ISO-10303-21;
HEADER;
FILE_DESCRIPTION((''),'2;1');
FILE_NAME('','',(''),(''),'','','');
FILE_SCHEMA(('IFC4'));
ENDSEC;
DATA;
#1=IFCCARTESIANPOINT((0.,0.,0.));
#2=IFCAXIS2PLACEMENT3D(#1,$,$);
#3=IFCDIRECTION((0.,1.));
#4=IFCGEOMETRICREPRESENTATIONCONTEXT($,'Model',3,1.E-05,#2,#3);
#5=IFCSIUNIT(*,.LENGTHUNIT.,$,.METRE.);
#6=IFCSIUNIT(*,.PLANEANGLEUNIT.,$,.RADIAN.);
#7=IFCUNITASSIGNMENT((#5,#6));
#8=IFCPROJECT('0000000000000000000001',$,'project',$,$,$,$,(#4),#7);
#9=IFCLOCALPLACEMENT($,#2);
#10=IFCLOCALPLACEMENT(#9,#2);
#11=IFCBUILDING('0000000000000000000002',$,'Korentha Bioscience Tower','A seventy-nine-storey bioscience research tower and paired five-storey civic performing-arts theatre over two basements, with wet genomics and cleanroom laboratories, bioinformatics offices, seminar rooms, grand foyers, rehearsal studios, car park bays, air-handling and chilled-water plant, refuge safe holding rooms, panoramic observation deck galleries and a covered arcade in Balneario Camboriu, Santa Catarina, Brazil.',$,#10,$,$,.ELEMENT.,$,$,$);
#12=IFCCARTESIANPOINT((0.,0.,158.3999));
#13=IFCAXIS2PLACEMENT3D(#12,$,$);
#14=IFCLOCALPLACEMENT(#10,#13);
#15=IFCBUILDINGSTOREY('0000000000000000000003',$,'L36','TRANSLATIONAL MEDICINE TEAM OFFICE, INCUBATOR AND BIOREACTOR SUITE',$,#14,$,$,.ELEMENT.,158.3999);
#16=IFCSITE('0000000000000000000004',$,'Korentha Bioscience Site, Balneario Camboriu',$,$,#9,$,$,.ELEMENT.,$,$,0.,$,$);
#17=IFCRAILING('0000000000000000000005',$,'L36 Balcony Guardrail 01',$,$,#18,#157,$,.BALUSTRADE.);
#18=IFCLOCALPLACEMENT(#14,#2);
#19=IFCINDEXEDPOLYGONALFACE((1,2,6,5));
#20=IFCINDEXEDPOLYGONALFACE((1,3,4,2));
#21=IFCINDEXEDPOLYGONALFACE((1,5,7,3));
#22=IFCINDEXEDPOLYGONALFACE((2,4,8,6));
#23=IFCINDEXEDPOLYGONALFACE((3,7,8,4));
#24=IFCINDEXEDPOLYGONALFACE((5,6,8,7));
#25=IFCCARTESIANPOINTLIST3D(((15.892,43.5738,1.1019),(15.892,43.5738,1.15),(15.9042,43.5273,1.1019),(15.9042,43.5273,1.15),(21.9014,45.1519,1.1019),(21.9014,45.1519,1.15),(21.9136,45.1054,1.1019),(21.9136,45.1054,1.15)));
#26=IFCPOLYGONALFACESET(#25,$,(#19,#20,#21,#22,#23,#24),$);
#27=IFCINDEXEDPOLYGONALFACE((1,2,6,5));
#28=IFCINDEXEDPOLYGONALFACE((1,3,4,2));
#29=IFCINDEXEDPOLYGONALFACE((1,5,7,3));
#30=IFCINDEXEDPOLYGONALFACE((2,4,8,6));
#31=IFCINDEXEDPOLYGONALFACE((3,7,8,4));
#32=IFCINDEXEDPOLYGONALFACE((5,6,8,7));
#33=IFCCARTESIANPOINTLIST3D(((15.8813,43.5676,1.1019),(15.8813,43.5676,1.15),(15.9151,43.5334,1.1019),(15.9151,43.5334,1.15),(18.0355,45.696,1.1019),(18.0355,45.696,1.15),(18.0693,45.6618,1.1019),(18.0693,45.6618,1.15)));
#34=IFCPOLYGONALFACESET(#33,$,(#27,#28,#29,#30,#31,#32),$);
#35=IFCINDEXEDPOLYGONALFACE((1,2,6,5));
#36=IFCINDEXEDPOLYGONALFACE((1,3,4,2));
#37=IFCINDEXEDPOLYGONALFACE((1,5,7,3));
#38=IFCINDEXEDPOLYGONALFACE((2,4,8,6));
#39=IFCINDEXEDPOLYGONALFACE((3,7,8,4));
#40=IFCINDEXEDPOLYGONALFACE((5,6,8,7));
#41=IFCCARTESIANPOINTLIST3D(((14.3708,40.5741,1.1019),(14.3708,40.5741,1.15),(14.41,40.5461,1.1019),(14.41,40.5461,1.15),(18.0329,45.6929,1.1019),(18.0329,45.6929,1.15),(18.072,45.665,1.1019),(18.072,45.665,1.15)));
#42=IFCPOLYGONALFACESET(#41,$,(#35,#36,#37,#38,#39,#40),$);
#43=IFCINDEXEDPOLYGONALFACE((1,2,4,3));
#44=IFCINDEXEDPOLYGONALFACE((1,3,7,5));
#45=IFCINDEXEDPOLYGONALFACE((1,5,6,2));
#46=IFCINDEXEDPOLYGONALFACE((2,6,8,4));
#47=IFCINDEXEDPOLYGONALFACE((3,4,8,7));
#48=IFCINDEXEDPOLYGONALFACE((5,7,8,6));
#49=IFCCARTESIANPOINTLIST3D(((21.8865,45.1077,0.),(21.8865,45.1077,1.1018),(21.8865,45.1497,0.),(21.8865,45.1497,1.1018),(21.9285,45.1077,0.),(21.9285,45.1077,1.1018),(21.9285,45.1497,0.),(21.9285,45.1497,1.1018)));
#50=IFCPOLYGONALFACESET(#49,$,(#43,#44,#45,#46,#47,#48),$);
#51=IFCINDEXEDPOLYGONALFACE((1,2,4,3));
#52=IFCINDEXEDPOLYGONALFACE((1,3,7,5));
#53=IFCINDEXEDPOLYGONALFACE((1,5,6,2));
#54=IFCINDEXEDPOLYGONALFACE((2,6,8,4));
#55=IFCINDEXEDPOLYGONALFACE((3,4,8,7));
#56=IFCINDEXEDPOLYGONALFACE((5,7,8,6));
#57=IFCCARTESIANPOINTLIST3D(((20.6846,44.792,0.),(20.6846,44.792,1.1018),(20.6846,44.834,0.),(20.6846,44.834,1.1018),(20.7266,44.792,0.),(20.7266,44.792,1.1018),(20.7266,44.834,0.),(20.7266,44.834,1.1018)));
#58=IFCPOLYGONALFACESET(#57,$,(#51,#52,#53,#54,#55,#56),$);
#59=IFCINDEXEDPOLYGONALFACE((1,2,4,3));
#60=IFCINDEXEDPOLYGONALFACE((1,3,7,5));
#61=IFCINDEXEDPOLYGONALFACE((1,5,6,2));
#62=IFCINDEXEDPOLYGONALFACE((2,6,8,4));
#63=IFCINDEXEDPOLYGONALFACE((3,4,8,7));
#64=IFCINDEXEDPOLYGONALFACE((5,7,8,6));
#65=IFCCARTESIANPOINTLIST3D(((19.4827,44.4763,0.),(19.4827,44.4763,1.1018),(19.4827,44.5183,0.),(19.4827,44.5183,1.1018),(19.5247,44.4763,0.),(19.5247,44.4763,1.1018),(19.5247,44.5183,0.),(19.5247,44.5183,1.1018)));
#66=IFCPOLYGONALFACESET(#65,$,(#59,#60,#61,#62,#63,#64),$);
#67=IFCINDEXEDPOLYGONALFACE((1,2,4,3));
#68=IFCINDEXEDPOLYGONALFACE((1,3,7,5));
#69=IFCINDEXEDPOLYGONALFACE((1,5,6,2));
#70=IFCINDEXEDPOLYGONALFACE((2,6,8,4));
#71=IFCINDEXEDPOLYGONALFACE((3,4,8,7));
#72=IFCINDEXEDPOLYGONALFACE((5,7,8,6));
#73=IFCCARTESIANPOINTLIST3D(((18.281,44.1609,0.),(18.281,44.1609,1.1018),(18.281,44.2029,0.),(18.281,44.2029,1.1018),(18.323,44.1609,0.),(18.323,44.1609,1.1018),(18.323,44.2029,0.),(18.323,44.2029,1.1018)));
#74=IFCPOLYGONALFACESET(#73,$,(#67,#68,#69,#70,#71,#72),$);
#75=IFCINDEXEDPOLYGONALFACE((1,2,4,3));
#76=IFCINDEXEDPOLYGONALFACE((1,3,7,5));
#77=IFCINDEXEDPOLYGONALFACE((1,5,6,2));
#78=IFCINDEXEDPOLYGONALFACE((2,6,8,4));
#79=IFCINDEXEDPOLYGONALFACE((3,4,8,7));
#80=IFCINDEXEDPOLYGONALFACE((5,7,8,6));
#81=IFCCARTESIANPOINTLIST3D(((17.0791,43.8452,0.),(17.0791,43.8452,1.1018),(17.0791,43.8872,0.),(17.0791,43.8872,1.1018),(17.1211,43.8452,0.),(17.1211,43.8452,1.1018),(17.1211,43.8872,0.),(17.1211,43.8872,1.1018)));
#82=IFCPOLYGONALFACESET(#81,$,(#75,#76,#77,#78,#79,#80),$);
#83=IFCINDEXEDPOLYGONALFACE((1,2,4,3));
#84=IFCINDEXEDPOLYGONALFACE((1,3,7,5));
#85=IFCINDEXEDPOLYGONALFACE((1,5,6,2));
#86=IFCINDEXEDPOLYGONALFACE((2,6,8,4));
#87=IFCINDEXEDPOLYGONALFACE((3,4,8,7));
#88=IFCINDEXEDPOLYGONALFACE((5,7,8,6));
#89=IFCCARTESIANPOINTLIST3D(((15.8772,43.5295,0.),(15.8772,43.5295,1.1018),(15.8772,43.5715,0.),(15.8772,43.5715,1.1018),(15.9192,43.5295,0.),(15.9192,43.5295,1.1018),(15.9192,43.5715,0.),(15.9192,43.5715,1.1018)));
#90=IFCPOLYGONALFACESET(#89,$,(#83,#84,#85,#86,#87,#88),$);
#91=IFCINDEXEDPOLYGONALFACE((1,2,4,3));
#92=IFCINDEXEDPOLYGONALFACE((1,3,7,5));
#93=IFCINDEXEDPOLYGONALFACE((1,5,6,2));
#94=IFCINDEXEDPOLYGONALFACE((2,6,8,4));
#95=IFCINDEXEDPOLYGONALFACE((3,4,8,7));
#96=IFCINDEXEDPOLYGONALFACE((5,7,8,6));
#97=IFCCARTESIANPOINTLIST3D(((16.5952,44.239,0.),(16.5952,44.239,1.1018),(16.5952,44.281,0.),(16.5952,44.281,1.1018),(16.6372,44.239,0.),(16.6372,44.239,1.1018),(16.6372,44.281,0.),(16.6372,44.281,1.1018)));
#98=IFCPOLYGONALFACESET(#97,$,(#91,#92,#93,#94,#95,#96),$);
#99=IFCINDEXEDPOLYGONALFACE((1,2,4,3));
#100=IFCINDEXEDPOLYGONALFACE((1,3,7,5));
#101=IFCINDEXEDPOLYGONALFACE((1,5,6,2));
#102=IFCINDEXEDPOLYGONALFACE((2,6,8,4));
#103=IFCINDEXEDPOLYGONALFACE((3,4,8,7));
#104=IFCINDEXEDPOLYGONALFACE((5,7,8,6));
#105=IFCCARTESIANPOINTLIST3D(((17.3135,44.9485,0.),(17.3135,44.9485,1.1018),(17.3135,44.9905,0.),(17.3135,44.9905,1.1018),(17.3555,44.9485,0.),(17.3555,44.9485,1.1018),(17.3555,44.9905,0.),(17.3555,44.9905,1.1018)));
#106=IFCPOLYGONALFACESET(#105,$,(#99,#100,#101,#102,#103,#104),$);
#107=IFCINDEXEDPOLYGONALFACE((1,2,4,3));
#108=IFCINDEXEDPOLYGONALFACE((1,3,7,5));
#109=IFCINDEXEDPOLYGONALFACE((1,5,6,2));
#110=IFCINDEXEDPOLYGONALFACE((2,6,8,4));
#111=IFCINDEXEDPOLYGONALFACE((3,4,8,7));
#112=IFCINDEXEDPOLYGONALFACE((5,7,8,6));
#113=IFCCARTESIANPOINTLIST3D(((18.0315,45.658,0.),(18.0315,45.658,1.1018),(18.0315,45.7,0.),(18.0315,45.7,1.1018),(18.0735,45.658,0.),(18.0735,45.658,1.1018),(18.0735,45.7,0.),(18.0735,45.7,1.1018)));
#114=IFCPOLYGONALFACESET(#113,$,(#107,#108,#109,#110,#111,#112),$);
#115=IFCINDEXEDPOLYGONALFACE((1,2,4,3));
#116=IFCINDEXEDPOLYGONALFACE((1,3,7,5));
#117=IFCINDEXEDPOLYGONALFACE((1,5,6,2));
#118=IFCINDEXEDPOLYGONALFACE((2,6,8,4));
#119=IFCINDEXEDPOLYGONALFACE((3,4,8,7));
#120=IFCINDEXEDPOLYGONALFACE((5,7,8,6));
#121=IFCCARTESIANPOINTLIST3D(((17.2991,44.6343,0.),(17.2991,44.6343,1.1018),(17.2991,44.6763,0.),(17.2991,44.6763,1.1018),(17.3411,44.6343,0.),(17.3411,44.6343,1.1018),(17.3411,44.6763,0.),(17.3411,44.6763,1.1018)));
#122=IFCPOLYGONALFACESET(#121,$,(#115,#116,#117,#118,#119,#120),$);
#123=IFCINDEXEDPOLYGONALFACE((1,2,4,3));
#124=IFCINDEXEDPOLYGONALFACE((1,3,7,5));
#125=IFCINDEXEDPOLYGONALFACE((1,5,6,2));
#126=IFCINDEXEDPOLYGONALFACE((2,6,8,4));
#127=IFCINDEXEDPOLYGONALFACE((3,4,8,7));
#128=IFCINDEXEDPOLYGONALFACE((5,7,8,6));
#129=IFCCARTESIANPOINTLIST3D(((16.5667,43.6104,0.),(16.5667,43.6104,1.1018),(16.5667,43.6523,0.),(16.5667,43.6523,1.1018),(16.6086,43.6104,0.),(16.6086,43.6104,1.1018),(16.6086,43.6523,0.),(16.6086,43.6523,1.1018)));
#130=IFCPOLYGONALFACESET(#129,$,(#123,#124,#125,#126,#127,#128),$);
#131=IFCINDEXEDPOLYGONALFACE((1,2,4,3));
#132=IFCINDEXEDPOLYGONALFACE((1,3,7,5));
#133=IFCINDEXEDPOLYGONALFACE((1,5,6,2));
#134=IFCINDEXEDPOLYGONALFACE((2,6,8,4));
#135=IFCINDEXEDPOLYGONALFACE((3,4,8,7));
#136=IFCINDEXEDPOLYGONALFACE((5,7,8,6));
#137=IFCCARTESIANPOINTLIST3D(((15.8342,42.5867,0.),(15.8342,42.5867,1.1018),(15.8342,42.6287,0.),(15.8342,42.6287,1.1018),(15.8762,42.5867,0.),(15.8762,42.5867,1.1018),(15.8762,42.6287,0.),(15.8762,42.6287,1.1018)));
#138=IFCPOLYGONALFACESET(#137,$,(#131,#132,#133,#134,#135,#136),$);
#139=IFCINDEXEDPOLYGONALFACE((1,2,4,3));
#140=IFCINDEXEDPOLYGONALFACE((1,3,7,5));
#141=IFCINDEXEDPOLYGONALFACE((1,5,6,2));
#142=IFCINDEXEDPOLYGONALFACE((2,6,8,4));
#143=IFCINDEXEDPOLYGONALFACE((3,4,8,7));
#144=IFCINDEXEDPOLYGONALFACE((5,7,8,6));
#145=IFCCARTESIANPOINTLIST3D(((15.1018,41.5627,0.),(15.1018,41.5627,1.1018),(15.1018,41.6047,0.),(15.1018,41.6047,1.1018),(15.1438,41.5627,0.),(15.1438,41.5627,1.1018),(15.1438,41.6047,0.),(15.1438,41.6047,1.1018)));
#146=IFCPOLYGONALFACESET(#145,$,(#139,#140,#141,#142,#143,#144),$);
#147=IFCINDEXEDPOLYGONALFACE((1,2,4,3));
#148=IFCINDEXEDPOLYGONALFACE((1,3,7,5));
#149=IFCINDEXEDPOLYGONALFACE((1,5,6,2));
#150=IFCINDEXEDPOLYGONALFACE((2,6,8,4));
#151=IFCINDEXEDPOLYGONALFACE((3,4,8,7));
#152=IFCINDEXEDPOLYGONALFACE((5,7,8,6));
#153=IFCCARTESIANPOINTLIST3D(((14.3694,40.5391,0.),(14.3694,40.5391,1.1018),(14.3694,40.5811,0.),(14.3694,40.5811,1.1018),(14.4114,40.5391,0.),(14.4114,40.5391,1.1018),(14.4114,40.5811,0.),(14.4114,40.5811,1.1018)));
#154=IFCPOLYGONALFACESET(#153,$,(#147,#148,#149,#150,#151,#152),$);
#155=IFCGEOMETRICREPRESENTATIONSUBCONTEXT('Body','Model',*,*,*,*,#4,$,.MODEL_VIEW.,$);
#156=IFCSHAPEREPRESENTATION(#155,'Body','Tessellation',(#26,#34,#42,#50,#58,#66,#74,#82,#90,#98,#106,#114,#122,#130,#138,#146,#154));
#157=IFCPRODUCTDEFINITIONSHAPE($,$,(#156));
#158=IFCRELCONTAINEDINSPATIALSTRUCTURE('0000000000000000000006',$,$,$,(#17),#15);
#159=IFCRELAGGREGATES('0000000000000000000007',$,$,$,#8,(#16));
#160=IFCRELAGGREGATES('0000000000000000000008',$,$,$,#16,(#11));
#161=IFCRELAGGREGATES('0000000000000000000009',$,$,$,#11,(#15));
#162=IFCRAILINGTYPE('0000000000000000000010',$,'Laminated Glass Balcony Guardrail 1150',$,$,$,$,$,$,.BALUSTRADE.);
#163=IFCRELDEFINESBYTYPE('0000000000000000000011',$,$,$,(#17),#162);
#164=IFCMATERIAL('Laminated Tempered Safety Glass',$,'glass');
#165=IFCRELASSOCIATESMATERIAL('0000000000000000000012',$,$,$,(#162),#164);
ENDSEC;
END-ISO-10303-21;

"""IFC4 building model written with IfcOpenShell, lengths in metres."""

from ifc_helpers import new_model, si_unit, direction, frame, origin, origin_2d, place, context, subcontext, project, spatial, rectangle, extrude, material, type_object, element, save


model = new_model("IFC4")

# Units and contexts
model_context = context("Model", 3, precision=1e-05, world=origin(), true_north=direction((0.0, 1.0)))
body_context = subcontext(model_context, "Body", "Model", "MODEL_VIEW")
ifc_project = project(units=[si_unit("LENGTHUNIT", "METRE"), si_unit("PLANEANGLEUNIT", "RADIAN")], contexts=[model_context])

# Site, building, storey
site_placement = place(None, origin())
site = spatial("IfcSite", under=ifc_project, at=site_placement, Name="Korentha Bioscience Site, Balneario Camboriu", CompositionType="ELEMENT", RefElevation=0.0)
building_placement = place(site_placement, origin())
building = spatial("IfcBuilding", under=site, at=building_placement, Name="Korentha Bioscience Tower", Description="A seventy-nine-storey bioscience research tower and paired five-storey civic performing-arts theatre over two basements, with wet genomics and cleanroom laboratories, bioinformatics offices, seminar rooms, grand foyers, rehearsal studios, car park bays, air-handling and chilled-water plant, refuge safe holding rooms, panoramic observation deck galleries and a covered arcade in Balneario Camboriu, Santa Catarina, Brazil.", CompositionType="ELEMENT")
storey_placement = place(building_placement, frame((0.0, 0.0, 158.3999)))
storey = spatial("IfcBuildingStorey", under=building, at=storey_placement, Name="L36", Description="TRANSLATIONAL MEDICINE TEAM OFFICE, INCUBATOR AND BIOREACTOR SUITE", CompositionType="ELEMENT", Elevation=158.3999)

# Railing
ifc_material_1 = material(Name="Laminated Tempered Safety Glass", Category="glass")
railing_type = type_object("IfcRailingType", Name="Laminated Glass Balcony Guardrail 1150", PredefinedType="BALUSTRADE", material=ifc_material_1)
railing_placement = place(storey_placement, frame((21.9075, 45.1287, 0.0)))
element("IfcRailing", 1, at=railing_placement, inside=storey, type_object=railing_type, Name="L36 Balcony Guardrail 01", PredefinedType="BALUSTRADE", context=body_context, shape_type="SweptSolid", body=[
    extrude(rectangle(XDim=0.0481, YDim=0.0481, at=origin_2d()), frame((0.0, 0.0, 1.126), z_axis=(-0.967204, -0.254002, 0.0), x_axis=(0.254002, -0.967204, 0.0)), (0.0, 0.0, 1.0), 6.2131),
    extrude(rectangle(XDim=0.0481, YDim=0.0481, at=origin_2d()), frame((-6.0093, -1.5781, 1.126), z_axis=(0.711367, 0.702821, 0.0), x_axis=(-0.702821, 0.711367, 0.0)), (0.0, 0.0, 1.0), 3.0283),
    extrude(rectangle(XDim=0.0481, YDim=0.0481, at=origin_2d()), frame((-3.855, 0.5503, 1.126), z_axis=(-0.581843, -0.813301, 0.0), x_axis=(0.813301, -0.581843, 0.0)), (0.0, 0.0, 1.0), 6.2939),
    extrude(rectangle(XDim=0.042, YDim=0.042, at=origin_2d()), origin(), (0.0, 0.0, 1.0), 1.1018),
    extrude(rectangle(XDim=0.042, YDim=0.042, at=origin_2d()), frame((-1.2019, -0.3157, 0.0)), (0.0, 0.0, 1.0), 1.1018),
    extrude(rectangle(XDim=0.042, YDim=0.042, at=origin_2d()), frame((-2.4038, -0.6313, 0.0)), (0.0, 0.0, 1.0), 1.1018),
    extrude(rectangle(XDim=0.042, YDim=0.042, at=origin_2d()), frame((-3.6055, -0.9468, 0.0)), (0.0, 0.0, 1.0), 1.1018),
    extrude(rectangle(XDim=0.042, YDim=0.042, at=origin_2d()), frame((-4.8074, -1.2625, 0.0)), (0.0, 0.0, 1.0), 1.1018),
    extrude(rectangle(XDim=0.042, YDim=0.042, at=origin_2d()), frame((-6.0093, -1.5781, 0.0)), (0.0, 0.0, 1.0), 1.1018),
    extrude(rectangle(XDim=0.042, YDim=0.042, at=origin_2d()), frame((-5.2913, -0.8687, 0.0)), (0.0, 0.0, 1.0), 1.1018),
    extrude(rectangle(XDim=0.042, YDim=0.042, at=origin_2d()), frame((-4.573, -0.1592, 0.0)), (0.0, 0.0, 1.0), 1.1018),
    extrude(rectangle(XDim=0.042, YDim=0.042, at=origin_2d()), frame((-3.855, 0.5503, 0.0)), (0.0, 0.0, 1.0), 1.1018),
    extrude(rectangle(XDim=0.042, YDim=0.042, at=origin_2d()), frame((-4.5874, -0.4734, 0.0)), (0.0, 0.0, 1.0), 1.1018),
    extrude(rectangle(XDim=0.042, YDim=0.042, at=origin_2d()), frame((-5.3198, -1.4973, 0.0)), (0.0, 0.0, 1.0), 1.1018),
    extrude(rectangle(XDim=0.042, YDim=0.042, at=origin_2d()), frame((-6.0522, -2.521, 0.0)), (0.0, 0.0, 1.0), 1.1018),
    extrude(rectangle(XDim=0.042, YDim=0.042, at=origin_2d()), frame((-6.7847, -3.5449, 0.0)), (0.0, 0.0, 1.0), 1.1018),
    extrude(rectangle(XDim=0.042, YDim=0.042, at=origin_2d()), frame((-7.5171, -4.5686, 0.0)), (0.0, 0.0, 1.0), 1.1018),
])

save(model, "model.ifc")
